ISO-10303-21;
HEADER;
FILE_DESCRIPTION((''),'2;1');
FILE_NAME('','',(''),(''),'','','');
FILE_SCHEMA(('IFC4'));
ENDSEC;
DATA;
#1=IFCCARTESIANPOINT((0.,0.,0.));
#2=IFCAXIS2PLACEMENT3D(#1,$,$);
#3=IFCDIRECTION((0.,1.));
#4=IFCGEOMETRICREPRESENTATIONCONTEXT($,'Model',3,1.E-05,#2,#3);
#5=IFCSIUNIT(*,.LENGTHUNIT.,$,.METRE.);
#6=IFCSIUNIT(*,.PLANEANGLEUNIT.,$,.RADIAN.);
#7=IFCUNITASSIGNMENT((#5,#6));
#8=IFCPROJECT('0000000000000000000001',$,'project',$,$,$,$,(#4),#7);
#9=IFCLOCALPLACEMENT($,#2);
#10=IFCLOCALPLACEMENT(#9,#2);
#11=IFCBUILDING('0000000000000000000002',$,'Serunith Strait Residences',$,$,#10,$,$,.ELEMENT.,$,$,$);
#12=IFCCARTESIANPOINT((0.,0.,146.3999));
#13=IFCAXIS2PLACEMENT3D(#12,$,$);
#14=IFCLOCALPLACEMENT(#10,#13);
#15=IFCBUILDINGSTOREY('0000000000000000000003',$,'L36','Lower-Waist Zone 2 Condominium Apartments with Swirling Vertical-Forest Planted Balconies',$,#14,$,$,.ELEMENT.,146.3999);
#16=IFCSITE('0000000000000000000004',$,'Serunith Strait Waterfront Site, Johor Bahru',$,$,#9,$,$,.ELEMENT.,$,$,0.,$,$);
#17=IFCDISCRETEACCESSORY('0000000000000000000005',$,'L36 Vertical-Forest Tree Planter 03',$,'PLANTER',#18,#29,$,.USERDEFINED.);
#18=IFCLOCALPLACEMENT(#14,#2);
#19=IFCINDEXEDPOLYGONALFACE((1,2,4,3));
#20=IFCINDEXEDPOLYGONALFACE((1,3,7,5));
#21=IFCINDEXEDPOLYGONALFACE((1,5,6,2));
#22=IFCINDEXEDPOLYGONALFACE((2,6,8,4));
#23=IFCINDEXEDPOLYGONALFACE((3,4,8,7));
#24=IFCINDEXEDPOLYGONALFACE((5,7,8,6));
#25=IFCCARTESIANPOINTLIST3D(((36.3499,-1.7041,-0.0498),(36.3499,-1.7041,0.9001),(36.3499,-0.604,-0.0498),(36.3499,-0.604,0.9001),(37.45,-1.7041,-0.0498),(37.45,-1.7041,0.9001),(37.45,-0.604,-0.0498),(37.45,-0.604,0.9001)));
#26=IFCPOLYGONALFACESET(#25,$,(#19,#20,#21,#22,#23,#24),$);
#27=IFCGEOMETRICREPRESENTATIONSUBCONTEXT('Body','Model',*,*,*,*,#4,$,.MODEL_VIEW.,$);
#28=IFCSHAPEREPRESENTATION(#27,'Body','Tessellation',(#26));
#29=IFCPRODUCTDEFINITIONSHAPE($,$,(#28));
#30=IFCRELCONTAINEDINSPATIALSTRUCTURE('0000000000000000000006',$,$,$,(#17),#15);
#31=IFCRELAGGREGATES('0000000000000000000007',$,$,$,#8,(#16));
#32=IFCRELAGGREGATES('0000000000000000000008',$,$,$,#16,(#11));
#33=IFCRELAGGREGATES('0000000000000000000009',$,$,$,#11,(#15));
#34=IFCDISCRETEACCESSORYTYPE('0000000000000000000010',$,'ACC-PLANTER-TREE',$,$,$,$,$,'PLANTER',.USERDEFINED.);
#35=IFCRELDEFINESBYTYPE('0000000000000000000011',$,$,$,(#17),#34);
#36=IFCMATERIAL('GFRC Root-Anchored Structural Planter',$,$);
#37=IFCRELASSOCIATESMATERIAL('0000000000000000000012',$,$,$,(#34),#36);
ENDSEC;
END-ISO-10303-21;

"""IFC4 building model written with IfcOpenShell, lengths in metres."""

from ifc_helpers import new_model, si_unit, direction, frame, origin, origin_2d, place, context, subcontext, project, spatial, rectangle, extrude, source, transform, mapped, material, type_object, element, save


model = new_model("IFC4")

# Units and contexts
model_context = context("Model", 3, precision=1e-05, world=origin(), true_north=direction((0.0, 1.0)))
body_context = subcontext(model_context, "Body", "Model", "MODEL_VIEW")
ifc_project = project(units=[si_unit("LENGTHUNIT", "METRE"), si_unit("PLANEANGLEUNIT", "RADIAN")], contexts=[model_context])

# Site, building, storey
site_placement = place(None, origin())
site = spatial("IfcSite", under=ifc_project, at=site_placement, Name="Serunith Strait Waterfront Site, Johor Bahru", CompositionType="ELEMENT", RefElevation=0.0)
building_placement = place(site_placement, origin())
building = spatial("IfcBuilding", under=site, at=building_placement, Name="Serunith Strait Residences", CompositionType="ELEMENT")
storey_placement = place(building_placement, frame((0.0, 0.0, 146.3999)))
storey = spatial("IfcBuildingStorey", under=building, at=storey_placement, Name="L36", Description="Lower-Waist Zone 2 Condominium Apartments with Swirling Vertical-Forest Planted Balconies", CompositionType="ELEMENT", Elevation=146.3999)

# Discrete accessory
ifc_material_1 = material(Name="GFRC Root-Anchored Structural Planter")
discrete_accessory_type = type_object("IfcDiscreteAccessoryType", Name="ACC-PLANTER-TREE", ElementType="PLANTER", PredefinedType="USERDEFINED", material=ifc_material_1)
shared_shape_1 = source(origin(), body_context, "Body", "SweptSolid", [
    extrude(rectangle(XDim=1.1001, YDim=1.1001, at=origin_2d()), origin(), (0.0, 0.0, 1.0), 0.95),
])
discrete_accessory_placement = place(storey_placement, frame((36.8999, -1.1541, -0.0498), z_axis=(0.0, 0.0, 1.0), x_axis=(1.0, 0.0, 0.0)))
element("IfcDiscreteAccessory", 1, at=discrete_accessory_placement, inside=storey, type_object=discrete_accessory_type, Name="L36 Vertical-Forest Tree Planter 03", ObjectType="PLANTER", PredefinedType="USERDEFINED", context=body_context, shape_type="MappedRepresentation", body=[
    mapped(shared_shape_1, transform((0.0, 0.0, 0.0), scale=1.0)),
])

save(model, "model.ifc")
